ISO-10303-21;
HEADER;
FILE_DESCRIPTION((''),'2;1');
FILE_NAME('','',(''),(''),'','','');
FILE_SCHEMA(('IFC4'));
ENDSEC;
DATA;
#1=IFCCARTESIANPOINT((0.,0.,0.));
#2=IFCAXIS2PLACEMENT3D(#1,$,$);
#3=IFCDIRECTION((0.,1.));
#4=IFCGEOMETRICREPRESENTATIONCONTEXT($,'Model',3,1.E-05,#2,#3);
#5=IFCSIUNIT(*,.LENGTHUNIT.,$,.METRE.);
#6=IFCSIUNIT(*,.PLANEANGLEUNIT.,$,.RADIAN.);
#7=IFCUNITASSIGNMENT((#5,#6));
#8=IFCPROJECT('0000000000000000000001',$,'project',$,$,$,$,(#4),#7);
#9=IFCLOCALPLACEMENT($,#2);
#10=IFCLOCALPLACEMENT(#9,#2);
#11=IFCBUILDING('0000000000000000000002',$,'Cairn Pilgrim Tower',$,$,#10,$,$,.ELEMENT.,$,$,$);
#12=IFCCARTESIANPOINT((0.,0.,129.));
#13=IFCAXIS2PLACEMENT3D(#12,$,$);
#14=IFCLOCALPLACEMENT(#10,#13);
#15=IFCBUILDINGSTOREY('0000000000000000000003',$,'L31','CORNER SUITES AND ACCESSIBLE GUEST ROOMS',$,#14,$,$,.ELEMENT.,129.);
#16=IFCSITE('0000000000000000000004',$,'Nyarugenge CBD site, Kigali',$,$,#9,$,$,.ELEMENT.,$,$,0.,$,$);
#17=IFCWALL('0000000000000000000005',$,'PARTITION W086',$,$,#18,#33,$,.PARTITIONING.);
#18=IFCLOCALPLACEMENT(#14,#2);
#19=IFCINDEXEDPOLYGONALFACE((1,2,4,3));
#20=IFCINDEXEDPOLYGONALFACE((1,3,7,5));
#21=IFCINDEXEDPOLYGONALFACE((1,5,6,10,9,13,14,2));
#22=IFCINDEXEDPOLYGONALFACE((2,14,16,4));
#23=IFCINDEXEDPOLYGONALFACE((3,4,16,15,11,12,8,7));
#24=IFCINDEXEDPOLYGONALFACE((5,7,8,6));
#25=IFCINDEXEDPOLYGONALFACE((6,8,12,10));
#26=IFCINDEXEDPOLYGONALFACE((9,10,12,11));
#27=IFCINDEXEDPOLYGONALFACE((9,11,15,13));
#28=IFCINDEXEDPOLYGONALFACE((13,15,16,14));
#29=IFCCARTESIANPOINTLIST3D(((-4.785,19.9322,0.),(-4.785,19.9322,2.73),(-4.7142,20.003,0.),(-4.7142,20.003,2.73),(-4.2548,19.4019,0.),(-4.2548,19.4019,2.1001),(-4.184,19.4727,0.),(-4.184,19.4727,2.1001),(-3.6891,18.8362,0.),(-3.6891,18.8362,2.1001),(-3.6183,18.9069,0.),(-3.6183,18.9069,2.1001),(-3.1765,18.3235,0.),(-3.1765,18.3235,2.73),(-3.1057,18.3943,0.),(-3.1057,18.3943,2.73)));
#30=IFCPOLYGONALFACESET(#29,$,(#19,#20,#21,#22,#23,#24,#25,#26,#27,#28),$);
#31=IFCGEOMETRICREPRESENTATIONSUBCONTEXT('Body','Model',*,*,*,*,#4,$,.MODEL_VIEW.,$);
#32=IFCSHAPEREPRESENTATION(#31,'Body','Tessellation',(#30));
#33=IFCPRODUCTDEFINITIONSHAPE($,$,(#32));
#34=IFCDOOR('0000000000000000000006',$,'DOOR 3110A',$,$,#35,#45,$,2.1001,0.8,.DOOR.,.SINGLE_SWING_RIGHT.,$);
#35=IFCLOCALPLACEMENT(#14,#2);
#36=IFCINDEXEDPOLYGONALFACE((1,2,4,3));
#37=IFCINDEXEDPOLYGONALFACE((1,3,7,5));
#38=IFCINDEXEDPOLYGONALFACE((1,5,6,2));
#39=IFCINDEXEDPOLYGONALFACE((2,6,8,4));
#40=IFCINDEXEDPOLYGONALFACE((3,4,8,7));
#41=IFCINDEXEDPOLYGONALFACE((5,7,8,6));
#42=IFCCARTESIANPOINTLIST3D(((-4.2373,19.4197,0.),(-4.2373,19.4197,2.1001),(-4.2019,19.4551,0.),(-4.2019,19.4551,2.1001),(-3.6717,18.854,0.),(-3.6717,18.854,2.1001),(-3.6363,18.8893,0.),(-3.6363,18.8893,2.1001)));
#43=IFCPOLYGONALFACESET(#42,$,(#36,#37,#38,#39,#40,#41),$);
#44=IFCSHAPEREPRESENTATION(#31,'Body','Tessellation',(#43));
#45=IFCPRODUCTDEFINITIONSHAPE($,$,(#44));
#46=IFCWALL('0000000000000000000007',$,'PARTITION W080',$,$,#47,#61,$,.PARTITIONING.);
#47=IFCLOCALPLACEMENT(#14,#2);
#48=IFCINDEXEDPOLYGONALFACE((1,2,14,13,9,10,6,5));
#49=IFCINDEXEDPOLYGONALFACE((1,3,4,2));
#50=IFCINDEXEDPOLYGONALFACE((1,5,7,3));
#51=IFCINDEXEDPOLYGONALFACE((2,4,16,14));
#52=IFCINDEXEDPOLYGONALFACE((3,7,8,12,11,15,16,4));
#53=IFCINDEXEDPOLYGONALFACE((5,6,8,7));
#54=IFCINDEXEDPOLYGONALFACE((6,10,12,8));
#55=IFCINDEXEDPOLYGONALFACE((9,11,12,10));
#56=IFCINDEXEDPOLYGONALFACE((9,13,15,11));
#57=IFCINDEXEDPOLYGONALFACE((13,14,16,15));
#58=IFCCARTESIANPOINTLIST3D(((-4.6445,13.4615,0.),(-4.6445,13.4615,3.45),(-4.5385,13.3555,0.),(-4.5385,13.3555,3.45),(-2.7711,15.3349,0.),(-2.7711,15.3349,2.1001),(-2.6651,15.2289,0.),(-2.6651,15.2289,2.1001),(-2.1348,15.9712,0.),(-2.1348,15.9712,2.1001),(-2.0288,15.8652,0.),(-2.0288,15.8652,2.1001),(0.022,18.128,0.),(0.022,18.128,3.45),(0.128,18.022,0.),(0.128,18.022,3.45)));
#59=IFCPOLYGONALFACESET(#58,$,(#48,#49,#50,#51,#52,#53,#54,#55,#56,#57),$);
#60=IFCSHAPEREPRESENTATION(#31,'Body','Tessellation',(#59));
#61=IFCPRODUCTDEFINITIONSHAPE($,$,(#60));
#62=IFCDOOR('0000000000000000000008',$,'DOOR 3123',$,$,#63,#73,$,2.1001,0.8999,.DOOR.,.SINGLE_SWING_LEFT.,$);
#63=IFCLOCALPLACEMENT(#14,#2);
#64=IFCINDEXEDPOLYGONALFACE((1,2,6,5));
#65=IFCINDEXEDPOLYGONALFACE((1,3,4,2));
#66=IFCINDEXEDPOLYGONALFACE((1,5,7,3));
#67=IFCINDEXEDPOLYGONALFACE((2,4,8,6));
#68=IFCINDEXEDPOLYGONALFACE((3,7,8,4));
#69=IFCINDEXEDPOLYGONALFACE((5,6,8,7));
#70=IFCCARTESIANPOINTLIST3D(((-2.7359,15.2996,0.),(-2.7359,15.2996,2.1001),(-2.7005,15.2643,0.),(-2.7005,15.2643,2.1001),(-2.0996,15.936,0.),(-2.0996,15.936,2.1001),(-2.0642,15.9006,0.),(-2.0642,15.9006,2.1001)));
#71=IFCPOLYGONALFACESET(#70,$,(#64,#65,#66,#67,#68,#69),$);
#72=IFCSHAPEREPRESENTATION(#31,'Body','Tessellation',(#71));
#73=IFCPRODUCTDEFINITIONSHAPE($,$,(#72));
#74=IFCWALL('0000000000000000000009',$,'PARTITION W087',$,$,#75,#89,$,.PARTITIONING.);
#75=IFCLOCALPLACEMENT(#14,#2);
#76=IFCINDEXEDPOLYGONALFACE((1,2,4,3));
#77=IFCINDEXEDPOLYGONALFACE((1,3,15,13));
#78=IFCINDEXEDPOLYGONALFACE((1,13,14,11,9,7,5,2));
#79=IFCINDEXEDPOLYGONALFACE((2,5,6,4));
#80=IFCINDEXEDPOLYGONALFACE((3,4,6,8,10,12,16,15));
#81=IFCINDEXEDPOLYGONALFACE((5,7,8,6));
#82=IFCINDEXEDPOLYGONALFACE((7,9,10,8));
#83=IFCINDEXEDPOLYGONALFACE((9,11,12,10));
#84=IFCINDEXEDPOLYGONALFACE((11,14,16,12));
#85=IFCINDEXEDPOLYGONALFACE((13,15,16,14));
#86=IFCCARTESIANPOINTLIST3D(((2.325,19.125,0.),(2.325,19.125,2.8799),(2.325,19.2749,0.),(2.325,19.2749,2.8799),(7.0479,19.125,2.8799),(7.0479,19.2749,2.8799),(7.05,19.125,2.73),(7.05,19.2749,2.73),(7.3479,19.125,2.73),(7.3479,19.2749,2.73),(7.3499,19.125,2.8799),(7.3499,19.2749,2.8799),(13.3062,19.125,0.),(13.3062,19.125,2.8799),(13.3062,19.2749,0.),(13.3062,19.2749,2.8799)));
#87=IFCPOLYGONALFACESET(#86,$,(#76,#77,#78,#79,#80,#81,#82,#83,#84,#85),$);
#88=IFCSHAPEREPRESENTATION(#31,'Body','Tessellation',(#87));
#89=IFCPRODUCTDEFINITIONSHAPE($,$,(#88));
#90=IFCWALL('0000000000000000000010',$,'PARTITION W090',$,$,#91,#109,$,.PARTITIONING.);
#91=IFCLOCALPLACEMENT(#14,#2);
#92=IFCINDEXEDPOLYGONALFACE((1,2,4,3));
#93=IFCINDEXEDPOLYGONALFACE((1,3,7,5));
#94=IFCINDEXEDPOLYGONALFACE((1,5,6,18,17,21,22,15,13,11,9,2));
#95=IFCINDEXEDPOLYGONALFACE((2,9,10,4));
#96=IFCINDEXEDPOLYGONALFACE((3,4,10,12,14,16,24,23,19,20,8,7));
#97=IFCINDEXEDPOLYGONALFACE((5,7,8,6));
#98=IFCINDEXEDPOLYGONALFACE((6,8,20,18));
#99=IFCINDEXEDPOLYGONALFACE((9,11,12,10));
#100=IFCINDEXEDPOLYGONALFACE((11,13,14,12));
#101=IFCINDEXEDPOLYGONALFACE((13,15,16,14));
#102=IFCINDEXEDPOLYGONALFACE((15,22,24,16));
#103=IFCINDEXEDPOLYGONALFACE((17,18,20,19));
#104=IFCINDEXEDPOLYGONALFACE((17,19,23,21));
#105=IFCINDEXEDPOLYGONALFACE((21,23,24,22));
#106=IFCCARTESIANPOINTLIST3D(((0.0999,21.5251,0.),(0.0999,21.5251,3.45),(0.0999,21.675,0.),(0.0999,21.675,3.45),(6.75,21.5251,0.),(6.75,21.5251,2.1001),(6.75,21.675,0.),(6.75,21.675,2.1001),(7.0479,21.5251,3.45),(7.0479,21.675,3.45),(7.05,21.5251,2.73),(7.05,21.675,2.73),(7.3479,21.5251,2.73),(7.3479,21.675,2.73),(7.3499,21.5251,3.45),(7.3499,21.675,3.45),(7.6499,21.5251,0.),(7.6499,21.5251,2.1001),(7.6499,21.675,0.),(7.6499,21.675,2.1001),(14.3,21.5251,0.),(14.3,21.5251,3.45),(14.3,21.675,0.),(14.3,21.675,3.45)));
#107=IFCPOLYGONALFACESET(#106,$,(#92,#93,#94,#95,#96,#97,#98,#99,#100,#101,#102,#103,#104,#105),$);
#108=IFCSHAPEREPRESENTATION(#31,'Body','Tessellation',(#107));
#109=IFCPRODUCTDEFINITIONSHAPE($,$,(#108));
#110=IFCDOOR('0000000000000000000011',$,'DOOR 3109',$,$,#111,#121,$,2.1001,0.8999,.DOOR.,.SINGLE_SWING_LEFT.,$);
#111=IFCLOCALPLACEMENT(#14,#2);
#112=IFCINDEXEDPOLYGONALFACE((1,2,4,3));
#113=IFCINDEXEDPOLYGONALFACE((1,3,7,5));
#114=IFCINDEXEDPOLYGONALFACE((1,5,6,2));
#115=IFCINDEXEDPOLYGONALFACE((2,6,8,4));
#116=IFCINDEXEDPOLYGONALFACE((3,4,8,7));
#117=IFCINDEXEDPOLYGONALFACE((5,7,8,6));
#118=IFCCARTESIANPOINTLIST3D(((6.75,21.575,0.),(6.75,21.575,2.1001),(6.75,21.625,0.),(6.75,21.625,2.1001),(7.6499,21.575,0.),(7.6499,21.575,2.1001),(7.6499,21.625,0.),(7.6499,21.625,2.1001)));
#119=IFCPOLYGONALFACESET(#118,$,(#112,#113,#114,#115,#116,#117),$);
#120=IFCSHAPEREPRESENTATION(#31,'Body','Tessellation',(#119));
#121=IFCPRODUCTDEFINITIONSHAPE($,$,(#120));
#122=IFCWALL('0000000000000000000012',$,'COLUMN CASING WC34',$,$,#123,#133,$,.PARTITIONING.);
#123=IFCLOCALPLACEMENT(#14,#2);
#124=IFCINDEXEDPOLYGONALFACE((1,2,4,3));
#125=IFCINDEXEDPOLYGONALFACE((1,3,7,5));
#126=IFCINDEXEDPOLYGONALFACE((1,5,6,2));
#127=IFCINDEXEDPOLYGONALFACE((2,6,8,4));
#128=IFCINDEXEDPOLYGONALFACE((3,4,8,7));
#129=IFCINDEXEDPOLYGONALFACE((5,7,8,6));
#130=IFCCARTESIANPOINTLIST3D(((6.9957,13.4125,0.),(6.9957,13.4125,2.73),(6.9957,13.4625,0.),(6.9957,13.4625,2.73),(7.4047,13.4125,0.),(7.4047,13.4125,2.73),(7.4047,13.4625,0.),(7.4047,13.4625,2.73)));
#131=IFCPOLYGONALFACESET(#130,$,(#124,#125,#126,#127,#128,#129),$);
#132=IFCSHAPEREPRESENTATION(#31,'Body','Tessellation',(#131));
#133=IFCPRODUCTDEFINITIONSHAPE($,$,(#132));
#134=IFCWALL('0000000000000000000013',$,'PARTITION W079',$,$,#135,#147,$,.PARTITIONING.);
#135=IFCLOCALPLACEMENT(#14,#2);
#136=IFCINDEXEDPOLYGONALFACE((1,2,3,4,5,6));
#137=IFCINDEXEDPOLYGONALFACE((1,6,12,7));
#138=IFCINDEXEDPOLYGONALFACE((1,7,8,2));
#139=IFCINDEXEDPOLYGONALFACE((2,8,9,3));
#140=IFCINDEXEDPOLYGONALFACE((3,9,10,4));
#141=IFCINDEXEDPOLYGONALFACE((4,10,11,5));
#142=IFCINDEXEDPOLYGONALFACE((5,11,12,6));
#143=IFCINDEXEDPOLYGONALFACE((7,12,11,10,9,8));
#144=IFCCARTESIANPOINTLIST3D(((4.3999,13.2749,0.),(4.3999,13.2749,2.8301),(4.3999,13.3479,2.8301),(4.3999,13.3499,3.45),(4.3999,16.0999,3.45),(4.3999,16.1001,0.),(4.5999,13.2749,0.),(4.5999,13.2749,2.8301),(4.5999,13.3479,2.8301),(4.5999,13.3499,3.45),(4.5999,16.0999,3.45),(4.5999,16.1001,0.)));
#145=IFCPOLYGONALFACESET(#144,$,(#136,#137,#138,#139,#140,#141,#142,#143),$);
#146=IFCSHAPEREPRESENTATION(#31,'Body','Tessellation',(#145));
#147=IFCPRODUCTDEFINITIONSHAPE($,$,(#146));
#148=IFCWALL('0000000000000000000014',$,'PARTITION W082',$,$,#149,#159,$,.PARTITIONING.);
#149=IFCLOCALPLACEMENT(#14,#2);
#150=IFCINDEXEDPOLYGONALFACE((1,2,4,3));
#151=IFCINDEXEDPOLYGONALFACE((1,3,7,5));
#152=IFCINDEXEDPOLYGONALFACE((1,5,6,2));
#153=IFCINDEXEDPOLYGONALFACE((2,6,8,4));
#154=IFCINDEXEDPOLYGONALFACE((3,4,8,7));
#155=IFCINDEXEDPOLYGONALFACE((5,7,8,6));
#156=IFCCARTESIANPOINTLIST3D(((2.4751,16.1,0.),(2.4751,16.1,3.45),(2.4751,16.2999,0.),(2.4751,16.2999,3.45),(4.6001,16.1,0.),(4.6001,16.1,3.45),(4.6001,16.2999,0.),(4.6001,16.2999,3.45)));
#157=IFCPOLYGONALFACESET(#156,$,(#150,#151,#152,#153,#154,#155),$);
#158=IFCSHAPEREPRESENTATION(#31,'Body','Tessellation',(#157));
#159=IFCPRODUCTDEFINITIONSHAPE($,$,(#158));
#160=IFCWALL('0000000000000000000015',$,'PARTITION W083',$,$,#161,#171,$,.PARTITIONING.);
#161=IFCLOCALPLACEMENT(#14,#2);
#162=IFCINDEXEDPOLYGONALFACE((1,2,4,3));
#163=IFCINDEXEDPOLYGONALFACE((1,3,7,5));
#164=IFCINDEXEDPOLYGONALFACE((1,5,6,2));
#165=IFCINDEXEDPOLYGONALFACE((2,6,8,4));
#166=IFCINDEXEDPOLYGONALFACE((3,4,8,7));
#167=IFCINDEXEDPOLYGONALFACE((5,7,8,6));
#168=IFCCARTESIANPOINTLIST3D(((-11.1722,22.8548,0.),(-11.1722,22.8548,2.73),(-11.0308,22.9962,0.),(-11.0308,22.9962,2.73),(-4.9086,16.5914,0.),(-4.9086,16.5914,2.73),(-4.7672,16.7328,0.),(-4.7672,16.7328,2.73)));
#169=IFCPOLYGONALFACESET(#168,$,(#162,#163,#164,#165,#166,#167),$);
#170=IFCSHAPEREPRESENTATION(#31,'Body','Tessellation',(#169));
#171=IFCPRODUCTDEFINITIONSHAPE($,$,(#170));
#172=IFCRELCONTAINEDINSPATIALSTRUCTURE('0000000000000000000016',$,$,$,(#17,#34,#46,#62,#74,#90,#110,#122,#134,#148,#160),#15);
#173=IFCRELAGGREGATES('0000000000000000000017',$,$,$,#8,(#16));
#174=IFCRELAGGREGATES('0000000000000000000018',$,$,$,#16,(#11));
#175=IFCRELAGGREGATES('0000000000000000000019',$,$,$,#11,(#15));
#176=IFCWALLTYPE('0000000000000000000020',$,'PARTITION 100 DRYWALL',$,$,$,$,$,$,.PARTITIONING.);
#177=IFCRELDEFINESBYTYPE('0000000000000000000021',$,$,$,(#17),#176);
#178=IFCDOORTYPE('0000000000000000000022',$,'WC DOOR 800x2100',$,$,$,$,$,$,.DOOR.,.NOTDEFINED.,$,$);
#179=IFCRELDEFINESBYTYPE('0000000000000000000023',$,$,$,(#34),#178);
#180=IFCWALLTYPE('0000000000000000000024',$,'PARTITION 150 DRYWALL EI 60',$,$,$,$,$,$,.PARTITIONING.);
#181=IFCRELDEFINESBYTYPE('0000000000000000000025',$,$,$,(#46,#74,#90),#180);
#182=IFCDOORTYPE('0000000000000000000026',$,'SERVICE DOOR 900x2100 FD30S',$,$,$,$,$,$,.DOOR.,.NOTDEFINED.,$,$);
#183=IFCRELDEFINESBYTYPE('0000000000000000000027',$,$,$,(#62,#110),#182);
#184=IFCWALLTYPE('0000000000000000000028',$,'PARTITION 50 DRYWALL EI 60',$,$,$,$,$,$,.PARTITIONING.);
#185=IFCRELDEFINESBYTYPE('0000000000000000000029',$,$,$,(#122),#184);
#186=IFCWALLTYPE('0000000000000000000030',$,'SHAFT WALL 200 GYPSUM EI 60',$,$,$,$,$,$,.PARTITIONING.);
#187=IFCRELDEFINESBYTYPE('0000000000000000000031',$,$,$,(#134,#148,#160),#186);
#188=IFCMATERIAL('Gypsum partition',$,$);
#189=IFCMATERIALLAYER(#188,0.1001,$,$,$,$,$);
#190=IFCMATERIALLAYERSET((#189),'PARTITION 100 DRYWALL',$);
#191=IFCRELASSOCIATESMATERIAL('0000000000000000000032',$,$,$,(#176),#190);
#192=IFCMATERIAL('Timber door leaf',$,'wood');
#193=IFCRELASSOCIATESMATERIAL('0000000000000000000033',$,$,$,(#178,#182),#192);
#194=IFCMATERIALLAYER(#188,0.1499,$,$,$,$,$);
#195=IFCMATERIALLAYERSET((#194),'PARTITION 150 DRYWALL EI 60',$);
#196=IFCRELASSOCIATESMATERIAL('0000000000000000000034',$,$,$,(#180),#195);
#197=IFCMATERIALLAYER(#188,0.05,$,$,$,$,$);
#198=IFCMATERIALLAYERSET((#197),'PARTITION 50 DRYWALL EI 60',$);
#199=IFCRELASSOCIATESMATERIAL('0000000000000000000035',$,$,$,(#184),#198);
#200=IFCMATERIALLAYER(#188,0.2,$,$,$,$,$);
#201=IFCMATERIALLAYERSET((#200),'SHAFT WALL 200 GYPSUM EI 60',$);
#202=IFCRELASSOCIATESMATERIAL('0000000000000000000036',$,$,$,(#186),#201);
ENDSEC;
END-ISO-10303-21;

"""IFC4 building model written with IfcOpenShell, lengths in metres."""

from ifc_helpers import new_model, si_unit, direction, frame, frame_2d, origin, place, context, subcontext, project, spatial, polyline, rectangle, outline, extrude, material, layer, layer_set, type_object, element, fill, save


model = new_model("IFC4")

# Units and contexts
model_context = context("Model", 3, precision=1e-05, world=origin(), true_north=direction((0.0, 1.0)))
body_context = subcontext(model_context, "Body", "Model", "MODEL_VIEW")
ifc_project = project(units=[si_unit("LENGTHUNIT", "METRE"), si_unit("PLANEANGLEUNIT", "RADIAN")], contexts=[model_context])

# Site, building, storey
site_placement = place(None, origin())
site = spatial("IfcSite", under=ifc_project, at=site_placement, Name="Nyarugenge CBD site, Kigali", CompositionType="ELEMENT", RefElevation=0.0)
building_placement = place(site_placement, origin())
building = spatial("IfcBuilding", under=site, at=building_placement, Name="Cairn Pilgrim Tower", CompositionType="ELEMENT")
storey_placement = place(building_placement, frame((0.0, 0.0, 129.0)))
storey = spatial("IfcBuildingStorey", under=building, at=storey_placement, Name="L31", Description="CORNER SUITES AND ACCESSIBLE GUEST ROOMS", CompositionType="ELEMENT", Elevation=129.0)

# Shared definitions
ifc_material_1 = material(Name="Gypsum partition")
ifc_layer_1 = layer(ifc_material_1, 0.1001)
ifc_layer_set_1 = layer_set([ifc_layer_1], Name="PARTITION 100 DRYWALL")
wall_type_1 = type_object("IfcWallType", Name="PARTITION 100 DRYWALL", PredefinedType="PARTITIONING", material=ifc_layer_set_1)

# Walls, openings, doors
wall_1_placement = place(storey_placement, frame((-3.1411, 18.3589, 0.0), z_axis=(0.0, 0.0, 1.0), x_axis=(-0.707053, 0.70716, 0.0)))
wall_1 = element("IfcWall", 1, at=wall_1_placement, inside=storey, type_object=wall_type_1, Name="PARTITION W086", PredefinedType="PARTITIONING", context=body_context, shape_type="SweptSolid", body=[
    extrude(rectangle(XDim=2.2749, YDim=0.1001, at=frame_2d((1.1375, 0.0))), origin(), (0.0, 0.0, 1.0), 2.73),
])
opening_1_placement = place(wall_1_placement, frame((0.7251, 0.0, 0.0)))
opening_1 = element("IfcOpeningElement", 2, at=opening_1_placement, cuts=wall_1, PredefinedType="OPENING", context=body_context, shape_type="SweptSolid", body=[
    extrude(rectangle(XDim=0.8, YDim=2.1001, at=frame_2d((0.3999, 1.05))), frame((0.0, 0.0601, 0.0), z_axis=(0.0, -1.0, 0.0), x_axis=(1.0, 0.0, 0.0)), (0.0, 0.0, 1.0), 0.1201),
])
ifc_material_2 = material(Name="Timber door leaf", Category="wood")
door_type_1 = type_object("IfcDoorType", Name="WC DOOR 800x2100", OperationType="NOTDEFINED", PredefinedType="DOOR", material=ifc_material_2)
door_1_placement = place(opening_1_placement, frame((0.8, 0.0, 0.0), z_axis=(0.0, 0.0, 1.0), x_axis=(-1.0, 0.0, 0.0)))
door_1 = element("IfcDoor", 3, at=door_1_placement, inside=storey, type_object=door_type_1, Name="DOOR 3110A", OperationType="SINGLE_SWING_RIGHT", OverallHeight=2.1001, OverallWidth=0.8, PredefinedType="DOOR", context=body_context, shape_type="SweptSolid", body=[
    extrude(rectangle(XDim=0.8, YDim=2.1001, at=frame_2d((0.3999, 1.05))), frame((0.0, 0.0249, 0.0), z_axis=(0.0, -1.0, 0.0), x_axis=(1.0, 0.0, 0.0)), (0.0, 0.0, 1.0), 0.05),
])
fill(opening_1, door_1)
ifc_layer_2 = layer(ifc_material_1, 0.1499)
ifc_layer_set_2 = layer_set([ifc_layer_2], Name="PARTITION 150 DRYWALL EI 60")
wall_type_2 = type_object("IfcWallType", Name="PARTITION 150 DRYWALL EI 60", PredefinedType="PARTITIONING", material=ifc_layer_set_2)
wall_2_placement = place(storey_placement, frame((-4.5916, 13.4084, 0.0), z_axis=(0.0, 0.0, 1.0), x_axis=(0.707107, 0.707107, 0.0)))
wall_2 = element("IfcWall", 4, at=wall_2_placement, inside=storey, type_object=wall_type_2, Name="PARTITION W080", PredefinedType="PARTITIONING", context=body_context, shape_type="SweptSolid", body=[
    extrude(rectangle(XDim=6.5994, YDim=0.1499, at=frame_2d((3.2998, 0.0))), origin(), (0.0, 0.0, 1.0), 3.45),
])
opening_2_placement = place(wall_2_placement, frame((2.6494, 0.0, 0.0)))
opening_2 = element("IfcOpeningElement", 5, at=opening_2_placement, cuts=wall_2, PredefinedType="OPENING", context=body_context, shape_type="SweptSolid", body=[
    extrude(rectangle(XDim=0.8999, YDim=2.1001, at=frame_2d((0.45, 1.05))), frame((0.0, 0.085, 0.0), z_axis=(0.0, -1.0, 0.0), x_axis=(1.0, 0.0, 0.0)), (0.0, 0.0, 1.0), 0.1699),
])
door_type_2 = type_object("IfcDoorType", Name="SERVICE DOOR 900x2100 FD30S", OperationType="NOTDEFINED", PredefinedType="DOOR", material=ifc_material_2)
door_2_placement = place(opening_2_placement, frame((0.8999, 0.0, 0.0), z_axis=(0.0, 0.0, 1.0), x_axis=(-1.0, 0.0, 0.0)))
door_2 = element("IfcDoor", 6, at=door_2_placement, inside=storey, type_object=door_type_2, Name="DOOR 3123", OperationType="SINGLE_SWING_LEFT", OverallHeight=2.1001, OverallWidth=0.8999, PredefinedType="DOOR", context=body_context, shape_type="SweptSolid", body=[
    extrude(rectangle(XDim=0.8999, YDim=2.1001, at=frame_2d((0.45, 1.05))), frame((0.0, 0.0249, 0.0), z_axis=(0.0, -1.0, 0.0), x_axis=(1.0, 0.0, 0.0)), (0.0, 0.0, 1.0), 0.05),
])
fill(opening_2, door_2)

# Wall
wall_3_placement = place(storey_placement, frame((2.325, 19.2, 0.0), z_axis=(0.0, 0.0, 1.0), x_axis=(1.0, 0.0, 0.0)))
element("IfcWall", 7, at=wall_3_placement, inside=storey, type_object=wall_type_2, Name="PARTITION W087", PredefinedType="PARTITIONING", context=body_context, shape_type="SweptSolid", body=[
    extrude(outline(polyline([(0.0, 0.0), (10.9812, 0.0), (10.9812, 2.8799), (5.0249, 2.8799), (5.0229, 2.73), (4.7251, 2.73), (4.7229, 2.8799), (0.0, 2.8799), (0.0, 0.0)])), frame((0.0, 0.075, 0.0), z_axis=(0.0, -1.0, 0.0), x_axis=(1.0, 0.0, 0.0)), (0.0, 0.0, 1.0), 0.1499),
])

# Wall, opening, door
wall_4_placement = place(storey_placement, frame((0.0999, 21.6001, 0.0), z_axis=(0.0, 0.0, 1.0), x_axis=(1.0, 0.0, 0.0)))
wall_4 = element("IfcWall", 8, at=wall_4_placement, inside=storey, type_object=wall_type_2, Name="PARTITION W090", PredefinedType="PARTITIONING", context=body_context, shape_type="SweptSolid", body=[
    extrude(outline(polyline([(0.0, 0.0), (14.2002, 0.0), (14.2002, 3.45), (7.25, 3.45), (7.248, 2.73), (6.9502, 2.73), (6.948, 3.45), (0.0, 3.45), (0.0, 0.0)])), frame((0.0, 0.075, 0.0), z_axis=(0.0, -1.0, 0.0), x_axis=(1.0, 0.0, 0.0)), (0.0, 0.0, 1.0), 0.1499),
])
opening_3_placement = place(wall_4_placement, frame((6.6501, 0.0, 0.0)))
opening_3 = element("IfcOpeningElement", 9, at=opening_3_placement, cuts=wall_4, PredefinedType="OPENING", context=body_context, shape_type="SweptSolid", body=[
    extrude(rectangle(XDim=0.8999, YDim=2.1001, at=frame_2d((0.45, 1.05))), frame((0.0, 0.085, 0.0), z_axis=(0.0, -1.0, 0.0), x_axis=(1.0, 0.0, 0.0)), (0.0, 0.0, 1.0), 0.1699),
])
door_3_placement = place(opening_3_placement, origin())
door_3 = element("IfcDoor", 10, at=door_3_placement, inside=storey, type_object=door_type_2, Name="DOOR 3109", OperationType="SINGLE_SWING_LEFT", OverallHeight=2.1001, OverallWidth=0.8999, PredefinedType="DOOR", context=body_context, shape_type="SweptSolid", body=[
    extrude(rectangle(XDim=0.8999, YDim=2.1001, at=frame_2d((0.45, 1.05))), frame((0.0, 0.0249, 0.0), z_axis=(0.0, -1.0, 0.0), x_axis=(1.0, 0.0, 0.0)), (0.0, 0.0, 1.0), 0.05),
])
fill(opening_3, door_3)

# Walls
ifc_layer_3 = layer(ifc_material_1, 0.05)
ifc_layer_set_3 = layer_set([ifc_layer_3], Name="PARTITION 50 DRYWALL EI 60")
wall_type_3 = type_object("IfcWallType", Name="PARTITION 50 DRYWALL EI 60", PredefinedType="PARTITIONING", material=ifc_layer_set_3)
wall_5_placement = place(storey_placement, frame((6.9956, 13.4375, 0.0), z_axis=(0.0, 0.0, 1.0), x_axis=(1.0, 0.0, 0.0)))
element("IfcWall", 11, at=wall_5_placement, inside=storey, type_object=wall_type_3, Name="COLUMN CASING WC34", PredefinedType="PARTITIONING", context=body_context, shape_type="SweptSolid", body=[
    extrude(rectangle(XDim=0.4089, YDim=0.05, at=frame_2d((0.2046, 0.0))), origin(), (0.0, 0.0, 1.0), 2.73),
])
ifc_layer_4 = layer(ifc_material_1, 0.2)
ifc_layer_set_4 = layer_set([ifc_layer_4], Name="SHAFT WALL 200 GYPSUM EI 60")
wall_type_4 = type_object("IfcWallType", Name="SHAFT WALL 200 GYPSUM EI 60", PredefinedType="PARTITIONING", material=ifc_layer_set_4)
wall_6_placement = place(storey_placement, frame((4.5, 13.2749, 0.0), z_axis=(0.0, 0.0, 1.0), x_axis=(0.0, 1.0, 0.0)))
element("IfcWall", 12, at=wall_6_placement, inside=storey, type_object=wall_type_4, Name="PARTITION W079", PredefinedType="PARTITIONING", context=body_context, shape_type="SweptSolid", body=[
    extrude(outline(polyline([(0.0, 0.0), (2.8252, 0.0), (2.825, 3.45), (0.075, 3.45), (0.073, 2.8301), (0.0, 2.8301), (0.0, 0.0)])), frame((0.0, 0.1001, 0.0), z_axis=(0.0, -1.0, 0.0), x_axis=(1.0, 0.0, 0.0)), (0.0, 0.0, 1.0), 0.2),
])
wall_7_placement = place(storey_placement, frame((2.4751, 16.2, 0.0), z_axis=(0.0, 0.0, 1.0), x_axis=(1.0, 0.0, 0.0)))
element("IfcWall", 13, at=wall_7_placement, inside=storey, type_object=wall_type_4, Name="PARTITION W082", PredefinedType="PARTITIONING", context=body_context, shape_type="SweptSolid", body=[
    extrude(rectangle(XDim=2.125, YDim=0.2, at=frame_2d((1.0625, 0.0))), origin(), (0.0, 0.0, 1.0), 3.45),
])
wall_8_placement = place(storey_placement, frame((-4.8379, 16.6621, 0.0), z_axis=(0.0, 0.0, 1.0), x_axis=(-0.707121, 0.707093, 0.0)))
element("IfcWall", 14, at=wall_8_placement, inside=storey, type_object=wall_type_4, Name="PARTITION W083", PredefinedType="PARTITIONING", context=body_context, shape_type="SweptSolid", body=[
    extrude(rectangle(XDim=8.8579, YDim=0.2, at=frame_2d((4.429, 0.0))), origin(), (0.0, 0.0, 1.0), 2.73),
])

save(model, "model.ifc")
